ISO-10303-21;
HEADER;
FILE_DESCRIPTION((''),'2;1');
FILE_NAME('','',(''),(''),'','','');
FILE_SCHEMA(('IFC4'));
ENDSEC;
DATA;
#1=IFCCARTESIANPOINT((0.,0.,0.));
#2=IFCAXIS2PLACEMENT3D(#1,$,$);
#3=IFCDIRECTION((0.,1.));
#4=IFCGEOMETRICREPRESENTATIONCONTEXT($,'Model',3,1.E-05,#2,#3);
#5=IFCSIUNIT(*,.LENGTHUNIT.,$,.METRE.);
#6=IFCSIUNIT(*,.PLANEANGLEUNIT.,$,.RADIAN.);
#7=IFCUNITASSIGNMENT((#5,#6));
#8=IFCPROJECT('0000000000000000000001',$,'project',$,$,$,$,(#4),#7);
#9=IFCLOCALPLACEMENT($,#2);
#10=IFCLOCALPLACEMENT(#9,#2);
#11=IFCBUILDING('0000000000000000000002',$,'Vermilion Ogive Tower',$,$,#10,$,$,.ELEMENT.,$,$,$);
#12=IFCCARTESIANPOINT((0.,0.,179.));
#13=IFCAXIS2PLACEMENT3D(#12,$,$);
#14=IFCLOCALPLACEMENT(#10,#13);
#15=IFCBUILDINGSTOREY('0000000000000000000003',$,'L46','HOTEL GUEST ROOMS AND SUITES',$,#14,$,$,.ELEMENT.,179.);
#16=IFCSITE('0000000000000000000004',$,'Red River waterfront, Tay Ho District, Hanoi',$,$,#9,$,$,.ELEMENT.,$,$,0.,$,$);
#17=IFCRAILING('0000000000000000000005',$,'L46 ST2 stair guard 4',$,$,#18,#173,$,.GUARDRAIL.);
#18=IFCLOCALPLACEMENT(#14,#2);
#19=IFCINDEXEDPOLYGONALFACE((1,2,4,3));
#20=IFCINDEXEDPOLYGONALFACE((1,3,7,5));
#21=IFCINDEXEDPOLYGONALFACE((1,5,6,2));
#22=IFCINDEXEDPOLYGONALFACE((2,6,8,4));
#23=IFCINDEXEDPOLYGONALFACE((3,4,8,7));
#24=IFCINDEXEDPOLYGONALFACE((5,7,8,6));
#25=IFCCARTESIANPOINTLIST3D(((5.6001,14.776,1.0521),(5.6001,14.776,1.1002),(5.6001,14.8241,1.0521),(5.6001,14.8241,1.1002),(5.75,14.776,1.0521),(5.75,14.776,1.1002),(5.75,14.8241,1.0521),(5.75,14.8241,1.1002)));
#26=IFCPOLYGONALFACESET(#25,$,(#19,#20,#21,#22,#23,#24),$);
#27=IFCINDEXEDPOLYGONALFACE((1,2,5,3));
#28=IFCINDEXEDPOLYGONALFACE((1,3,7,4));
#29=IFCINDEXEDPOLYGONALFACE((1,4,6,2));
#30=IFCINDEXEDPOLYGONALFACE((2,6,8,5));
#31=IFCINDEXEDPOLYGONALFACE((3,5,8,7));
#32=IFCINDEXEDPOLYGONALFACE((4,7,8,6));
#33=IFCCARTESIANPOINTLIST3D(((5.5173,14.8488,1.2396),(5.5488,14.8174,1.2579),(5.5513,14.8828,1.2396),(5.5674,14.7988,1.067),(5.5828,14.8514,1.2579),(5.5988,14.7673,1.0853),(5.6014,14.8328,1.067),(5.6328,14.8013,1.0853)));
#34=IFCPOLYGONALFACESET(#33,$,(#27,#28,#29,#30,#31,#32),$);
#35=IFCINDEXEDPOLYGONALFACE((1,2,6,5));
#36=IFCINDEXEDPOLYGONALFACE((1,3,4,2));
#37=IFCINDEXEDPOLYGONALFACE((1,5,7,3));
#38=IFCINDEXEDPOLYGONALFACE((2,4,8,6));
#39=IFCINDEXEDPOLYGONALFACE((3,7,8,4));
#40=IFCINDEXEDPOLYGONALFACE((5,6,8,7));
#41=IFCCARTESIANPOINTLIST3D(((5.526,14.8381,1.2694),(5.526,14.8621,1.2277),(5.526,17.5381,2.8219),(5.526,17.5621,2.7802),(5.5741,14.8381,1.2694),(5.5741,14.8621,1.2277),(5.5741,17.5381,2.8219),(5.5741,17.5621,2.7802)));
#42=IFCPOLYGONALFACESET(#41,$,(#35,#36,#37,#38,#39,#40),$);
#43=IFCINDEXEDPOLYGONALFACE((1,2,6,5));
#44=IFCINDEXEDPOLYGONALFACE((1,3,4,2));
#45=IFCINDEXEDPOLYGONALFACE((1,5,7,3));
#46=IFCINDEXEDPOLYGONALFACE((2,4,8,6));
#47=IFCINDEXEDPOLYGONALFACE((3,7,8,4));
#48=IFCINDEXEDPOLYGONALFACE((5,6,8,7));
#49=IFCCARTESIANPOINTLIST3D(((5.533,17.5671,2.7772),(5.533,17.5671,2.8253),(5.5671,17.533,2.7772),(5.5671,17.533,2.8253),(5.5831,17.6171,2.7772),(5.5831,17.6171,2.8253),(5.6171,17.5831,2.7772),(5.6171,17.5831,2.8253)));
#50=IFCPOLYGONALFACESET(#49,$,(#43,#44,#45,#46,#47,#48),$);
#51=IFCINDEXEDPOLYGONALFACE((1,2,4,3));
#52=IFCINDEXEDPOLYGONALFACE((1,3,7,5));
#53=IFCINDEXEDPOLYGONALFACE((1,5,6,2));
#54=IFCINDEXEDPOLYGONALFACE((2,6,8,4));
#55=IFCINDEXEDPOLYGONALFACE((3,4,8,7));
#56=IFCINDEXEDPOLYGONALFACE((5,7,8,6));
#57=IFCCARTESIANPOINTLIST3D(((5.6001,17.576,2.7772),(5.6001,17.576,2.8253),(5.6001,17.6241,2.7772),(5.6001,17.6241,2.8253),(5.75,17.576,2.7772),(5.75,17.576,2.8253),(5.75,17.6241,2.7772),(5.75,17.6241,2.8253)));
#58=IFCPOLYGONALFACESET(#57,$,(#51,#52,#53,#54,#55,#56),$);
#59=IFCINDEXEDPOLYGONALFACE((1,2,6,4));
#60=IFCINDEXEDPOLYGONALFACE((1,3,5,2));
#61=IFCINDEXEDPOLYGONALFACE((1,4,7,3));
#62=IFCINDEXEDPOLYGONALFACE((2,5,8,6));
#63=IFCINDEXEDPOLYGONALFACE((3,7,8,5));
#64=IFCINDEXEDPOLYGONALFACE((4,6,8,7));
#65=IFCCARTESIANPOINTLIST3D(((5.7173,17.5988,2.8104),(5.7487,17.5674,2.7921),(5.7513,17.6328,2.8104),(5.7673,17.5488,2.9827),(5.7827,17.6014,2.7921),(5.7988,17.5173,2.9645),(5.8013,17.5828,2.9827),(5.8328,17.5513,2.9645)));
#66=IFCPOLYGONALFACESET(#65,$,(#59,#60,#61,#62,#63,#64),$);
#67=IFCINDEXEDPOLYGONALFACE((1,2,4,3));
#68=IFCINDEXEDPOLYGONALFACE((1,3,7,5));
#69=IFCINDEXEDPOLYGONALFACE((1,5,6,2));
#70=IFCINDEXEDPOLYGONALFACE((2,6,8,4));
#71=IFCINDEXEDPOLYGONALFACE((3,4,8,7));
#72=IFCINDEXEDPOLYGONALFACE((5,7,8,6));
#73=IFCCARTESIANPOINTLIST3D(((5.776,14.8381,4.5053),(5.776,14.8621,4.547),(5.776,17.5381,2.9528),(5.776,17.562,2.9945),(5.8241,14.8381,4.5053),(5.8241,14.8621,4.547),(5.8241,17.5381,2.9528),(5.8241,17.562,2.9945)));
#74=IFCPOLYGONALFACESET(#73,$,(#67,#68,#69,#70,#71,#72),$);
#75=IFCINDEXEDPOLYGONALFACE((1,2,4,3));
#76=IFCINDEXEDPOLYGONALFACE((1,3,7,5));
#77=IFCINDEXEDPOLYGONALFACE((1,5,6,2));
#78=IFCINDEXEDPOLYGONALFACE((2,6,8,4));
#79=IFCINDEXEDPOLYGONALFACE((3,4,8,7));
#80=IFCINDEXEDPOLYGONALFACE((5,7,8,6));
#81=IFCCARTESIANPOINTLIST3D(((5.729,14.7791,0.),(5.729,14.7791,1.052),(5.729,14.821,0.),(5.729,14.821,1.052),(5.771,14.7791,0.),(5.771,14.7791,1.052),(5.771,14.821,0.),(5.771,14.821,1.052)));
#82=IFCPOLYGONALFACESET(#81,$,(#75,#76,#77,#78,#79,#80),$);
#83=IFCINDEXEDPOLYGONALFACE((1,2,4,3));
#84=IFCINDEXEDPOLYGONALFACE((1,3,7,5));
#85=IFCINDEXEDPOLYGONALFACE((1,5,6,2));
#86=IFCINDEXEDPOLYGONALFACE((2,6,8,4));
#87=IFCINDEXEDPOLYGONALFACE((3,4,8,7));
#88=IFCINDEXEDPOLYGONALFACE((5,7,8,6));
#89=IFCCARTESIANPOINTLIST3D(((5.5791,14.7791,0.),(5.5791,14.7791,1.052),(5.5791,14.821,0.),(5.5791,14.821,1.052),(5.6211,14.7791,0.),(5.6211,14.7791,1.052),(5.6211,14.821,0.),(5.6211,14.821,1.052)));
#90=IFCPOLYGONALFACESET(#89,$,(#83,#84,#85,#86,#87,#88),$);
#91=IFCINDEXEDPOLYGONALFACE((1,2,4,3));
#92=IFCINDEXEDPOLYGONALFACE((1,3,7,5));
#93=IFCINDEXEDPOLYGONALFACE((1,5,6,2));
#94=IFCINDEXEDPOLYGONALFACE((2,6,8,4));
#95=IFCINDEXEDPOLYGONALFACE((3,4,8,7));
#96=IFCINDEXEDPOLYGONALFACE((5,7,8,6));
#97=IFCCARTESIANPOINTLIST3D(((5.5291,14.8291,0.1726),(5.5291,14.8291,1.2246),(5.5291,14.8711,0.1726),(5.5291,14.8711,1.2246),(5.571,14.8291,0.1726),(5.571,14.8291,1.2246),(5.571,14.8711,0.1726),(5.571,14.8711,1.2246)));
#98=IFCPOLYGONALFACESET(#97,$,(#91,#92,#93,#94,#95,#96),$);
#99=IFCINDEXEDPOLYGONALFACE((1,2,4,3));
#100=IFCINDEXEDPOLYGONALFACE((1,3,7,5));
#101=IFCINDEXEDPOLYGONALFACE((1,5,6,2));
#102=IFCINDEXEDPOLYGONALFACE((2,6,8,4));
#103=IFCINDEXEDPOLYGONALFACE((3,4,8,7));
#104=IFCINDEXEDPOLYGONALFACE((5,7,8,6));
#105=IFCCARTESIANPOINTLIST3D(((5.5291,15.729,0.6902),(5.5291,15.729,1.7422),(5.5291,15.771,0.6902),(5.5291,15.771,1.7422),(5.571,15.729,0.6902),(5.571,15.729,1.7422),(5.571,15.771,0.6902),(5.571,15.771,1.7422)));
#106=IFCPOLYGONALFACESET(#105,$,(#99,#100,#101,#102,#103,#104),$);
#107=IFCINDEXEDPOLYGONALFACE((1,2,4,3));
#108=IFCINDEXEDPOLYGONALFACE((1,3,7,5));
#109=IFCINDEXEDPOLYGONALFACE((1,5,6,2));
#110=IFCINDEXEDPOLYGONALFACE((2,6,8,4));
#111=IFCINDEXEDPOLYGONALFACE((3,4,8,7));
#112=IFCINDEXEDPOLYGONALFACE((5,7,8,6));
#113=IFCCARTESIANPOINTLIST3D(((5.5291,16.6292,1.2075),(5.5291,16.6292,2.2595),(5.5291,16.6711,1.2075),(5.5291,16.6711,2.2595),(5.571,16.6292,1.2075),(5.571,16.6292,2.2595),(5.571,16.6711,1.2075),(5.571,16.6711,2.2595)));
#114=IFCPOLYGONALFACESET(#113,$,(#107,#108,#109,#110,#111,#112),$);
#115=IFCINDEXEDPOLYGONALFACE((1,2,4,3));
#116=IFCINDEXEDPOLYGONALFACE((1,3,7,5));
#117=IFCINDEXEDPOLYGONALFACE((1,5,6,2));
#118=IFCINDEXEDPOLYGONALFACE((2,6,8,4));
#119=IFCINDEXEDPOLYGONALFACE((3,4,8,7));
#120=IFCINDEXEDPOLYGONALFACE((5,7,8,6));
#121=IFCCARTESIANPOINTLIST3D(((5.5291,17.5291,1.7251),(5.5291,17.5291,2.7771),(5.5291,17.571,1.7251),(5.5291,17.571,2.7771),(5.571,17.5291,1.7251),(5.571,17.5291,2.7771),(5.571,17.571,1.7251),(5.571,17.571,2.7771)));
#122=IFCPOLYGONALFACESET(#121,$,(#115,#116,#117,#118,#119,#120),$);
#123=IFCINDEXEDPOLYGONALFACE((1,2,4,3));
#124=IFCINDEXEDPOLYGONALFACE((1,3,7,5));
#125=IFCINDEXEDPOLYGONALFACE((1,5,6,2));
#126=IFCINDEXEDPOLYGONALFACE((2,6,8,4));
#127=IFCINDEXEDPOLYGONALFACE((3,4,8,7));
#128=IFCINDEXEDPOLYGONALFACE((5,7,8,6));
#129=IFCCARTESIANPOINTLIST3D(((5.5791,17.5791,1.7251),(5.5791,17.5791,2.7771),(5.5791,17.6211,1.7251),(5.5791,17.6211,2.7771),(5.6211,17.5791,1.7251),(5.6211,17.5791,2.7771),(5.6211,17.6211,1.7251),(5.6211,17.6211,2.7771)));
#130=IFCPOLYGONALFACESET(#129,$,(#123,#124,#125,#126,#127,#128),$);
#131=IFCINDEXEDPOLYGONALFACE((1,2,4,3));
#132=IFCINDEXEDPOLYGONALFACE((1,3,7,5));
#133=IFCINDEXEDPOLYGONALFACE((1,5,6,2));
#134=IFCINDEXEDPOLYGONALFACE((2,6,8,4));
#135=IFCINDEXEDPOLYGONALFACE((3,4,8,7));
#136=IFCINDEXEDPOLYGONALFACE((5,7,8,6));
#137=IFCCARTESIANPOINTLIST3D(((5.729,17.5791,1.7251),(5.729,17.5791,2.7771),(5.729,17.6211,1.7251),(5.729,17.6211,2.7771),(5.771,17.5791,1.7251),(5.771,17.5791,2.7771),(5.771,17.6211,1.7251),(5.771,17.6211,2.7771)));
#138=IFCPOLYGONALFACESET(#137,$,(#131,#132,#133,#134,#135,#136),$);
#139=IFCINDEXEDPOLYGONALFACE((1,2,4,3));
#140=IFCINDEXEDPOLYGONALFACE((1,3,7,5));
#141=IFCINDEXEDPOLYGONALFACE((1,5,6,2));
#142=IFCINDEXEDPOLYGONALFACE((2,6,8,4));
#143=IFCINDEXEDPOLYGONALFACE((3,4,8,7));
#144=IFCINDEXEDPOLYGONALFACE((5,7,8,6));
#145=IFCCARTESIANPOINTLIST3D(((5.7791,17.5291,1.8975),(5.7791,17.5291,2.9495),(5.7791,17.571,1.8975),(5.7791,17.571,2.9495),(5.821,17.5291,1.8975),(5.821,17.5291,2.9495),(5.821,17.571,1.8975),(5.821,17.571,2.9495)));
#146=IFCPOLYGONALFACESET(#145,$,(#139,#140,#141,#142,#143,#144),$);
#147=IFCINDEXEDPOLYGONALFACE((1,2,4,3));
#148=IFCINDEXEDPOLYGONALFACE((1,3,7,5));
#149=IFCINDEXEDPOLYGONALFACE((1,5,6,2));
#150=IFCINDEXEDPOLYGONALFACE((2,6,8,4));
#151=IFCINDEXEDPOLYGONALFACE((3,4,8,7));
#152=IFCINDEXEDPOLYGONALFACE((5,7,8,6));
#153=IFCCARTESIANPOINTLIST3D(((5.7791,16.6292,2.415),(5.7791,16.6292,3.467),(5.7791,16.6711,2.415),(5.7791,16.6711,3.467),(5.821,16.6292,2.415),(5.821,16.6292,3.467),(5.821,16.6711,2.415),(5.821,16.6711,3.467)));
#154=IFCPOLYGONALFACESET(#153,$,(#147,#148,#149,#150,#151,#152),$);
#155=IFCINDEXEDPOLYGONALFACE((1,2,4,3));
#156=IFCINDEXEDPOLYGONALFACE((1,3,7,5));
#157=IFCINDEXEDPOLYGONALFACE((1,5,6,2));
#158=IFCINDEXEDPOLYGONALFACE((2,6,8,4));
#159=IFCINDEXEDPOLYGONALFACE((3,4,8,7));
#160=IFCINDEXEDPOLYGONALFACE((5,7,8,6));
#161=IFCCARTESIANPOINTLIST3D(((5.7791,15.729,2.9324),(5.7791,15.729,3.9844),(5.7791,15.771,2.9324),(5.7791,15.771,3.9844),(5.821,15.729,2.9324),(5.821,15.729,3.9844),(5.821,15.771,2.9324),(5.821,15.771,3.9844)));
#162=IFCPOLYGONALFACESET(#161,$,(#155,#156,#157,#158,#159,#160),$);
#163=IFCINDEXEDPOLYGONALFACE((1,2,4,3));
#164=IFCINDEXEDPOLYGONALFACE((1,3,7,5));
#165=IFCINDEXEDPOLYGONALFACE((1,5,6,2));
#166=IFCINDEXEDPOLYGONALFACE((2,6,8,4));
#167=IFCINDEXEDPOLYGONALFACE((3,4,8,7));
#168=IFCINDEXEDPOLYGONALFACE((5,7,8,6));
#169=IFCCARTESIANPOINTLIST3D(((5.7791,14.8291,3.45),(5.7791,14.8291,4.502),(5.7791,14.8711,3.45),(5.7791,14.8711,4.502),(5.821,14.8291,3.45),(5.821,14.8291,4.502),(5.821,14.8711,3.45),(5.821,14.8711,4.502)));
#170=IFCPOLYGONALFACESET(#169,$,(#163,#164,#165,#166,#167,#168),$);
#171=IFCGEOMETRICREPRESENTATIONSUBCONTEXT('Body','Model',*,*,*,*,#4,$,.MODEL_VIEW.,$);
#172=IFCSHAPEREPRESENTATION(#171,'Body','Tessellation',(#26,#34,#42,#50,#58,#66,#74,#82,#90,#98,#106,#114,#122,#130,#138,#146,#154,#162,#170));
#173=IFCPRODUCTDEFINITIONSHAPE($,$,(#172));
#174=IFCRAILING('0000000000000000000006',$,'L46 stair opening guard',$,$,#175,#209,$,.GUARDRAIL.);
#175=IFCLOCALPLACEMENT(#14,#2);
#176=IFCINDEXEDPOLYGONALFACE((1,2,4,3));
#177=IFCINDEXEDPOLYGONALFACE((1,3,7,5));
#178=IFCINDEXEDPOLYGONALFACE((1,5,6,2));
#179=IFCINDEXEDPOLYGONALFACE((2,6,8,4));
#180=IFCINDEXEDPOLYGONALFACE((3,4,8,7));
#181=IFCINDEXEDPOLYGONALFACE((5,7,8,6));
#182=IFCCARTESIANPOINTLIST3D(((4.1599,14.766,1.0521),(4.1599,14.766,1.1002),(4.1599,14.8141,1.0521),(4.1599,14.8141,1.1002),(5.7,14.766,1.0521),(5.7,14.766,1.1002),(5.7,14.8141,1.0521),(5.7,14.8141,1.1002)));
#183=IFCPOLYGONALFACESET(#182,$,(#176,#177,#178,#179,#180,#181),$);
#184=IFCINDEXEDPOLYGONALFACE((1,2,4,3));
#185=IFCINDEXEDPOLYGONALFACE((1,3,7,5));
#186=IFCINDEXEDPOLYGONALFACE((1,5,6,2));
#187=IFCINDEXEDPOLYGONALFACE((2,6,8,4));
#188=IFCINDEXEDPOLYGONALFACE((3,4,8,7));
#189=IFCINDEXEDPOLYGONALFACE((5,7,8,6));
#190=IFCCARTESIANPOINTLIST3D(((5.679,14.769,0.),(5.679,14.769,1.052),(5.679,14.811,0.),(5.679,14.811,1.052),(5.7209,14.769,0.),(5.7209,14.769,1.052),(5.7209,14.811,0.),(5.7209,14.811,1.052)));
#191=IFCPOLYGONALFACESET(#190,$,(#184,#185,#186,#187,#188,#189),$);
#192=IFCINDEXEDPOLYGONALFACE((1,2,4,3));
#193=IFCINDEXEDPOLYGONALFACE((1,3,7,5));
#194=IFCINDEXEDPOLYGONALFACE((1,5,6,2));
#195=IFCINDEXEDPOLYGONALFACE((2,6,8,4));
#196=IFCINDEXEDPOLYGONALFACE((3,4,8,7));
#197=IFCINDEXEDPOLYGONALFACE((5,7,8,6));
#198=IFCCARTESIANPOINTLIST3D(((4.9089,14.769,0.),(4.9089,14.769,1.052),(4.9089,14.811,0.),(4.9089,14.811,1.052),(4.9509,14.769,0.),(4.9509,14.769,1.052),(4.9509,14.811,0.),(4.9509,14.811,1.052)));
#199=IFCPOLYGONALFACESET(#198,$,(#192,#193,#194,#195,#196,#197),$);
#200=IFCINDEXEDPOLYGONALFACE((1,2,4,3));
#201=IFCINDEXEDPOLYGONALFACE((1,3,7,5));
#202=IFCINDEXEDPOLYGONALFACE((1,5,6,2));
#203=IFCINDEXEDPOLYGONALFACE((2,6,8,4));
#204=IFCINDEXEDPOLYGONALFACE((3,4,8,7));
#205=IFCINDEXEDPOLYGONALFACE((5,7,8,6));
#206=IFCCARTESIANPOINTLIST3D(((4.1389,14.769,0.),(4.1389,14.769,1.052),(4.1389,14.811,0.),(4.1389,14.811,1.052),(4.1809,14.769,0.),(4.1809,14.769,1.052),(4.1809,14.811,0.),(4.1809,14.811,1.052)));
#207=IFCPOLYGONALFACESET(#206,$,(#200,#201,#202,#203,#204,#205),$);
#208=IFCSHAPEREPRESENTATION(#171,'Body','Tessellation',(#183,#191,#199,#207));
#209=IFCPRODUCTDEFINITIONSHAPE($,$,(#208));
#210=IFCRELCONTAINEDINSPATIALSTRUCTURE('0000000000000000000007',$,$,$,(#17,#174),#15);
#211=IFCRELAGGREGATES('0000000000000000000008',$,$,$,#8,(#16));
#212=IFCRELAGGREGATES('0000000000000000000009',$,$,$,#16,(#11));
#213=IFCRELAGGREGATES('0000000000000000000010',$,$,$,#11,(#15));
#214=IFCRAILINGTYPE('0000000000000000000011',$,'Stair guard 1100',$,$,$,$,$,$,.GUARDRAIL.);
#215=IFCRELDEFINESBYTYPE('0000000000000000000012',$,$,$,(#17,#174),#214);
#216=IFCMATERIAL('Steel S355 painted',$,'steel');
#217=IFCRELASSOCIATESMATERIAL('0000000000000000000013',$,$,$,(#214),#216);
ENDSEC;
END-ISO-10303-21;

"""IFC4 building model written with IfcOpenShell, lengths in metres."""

from ifc_helpers import new_model, si_unit, direction, frame, origin, origin_2d, place, context, subcontext, project, spatial, rectangle, extrude, material, type_object, element, save


model = new_model("IFC4")

# Units and contexts
model_context = context("Model", 3, precision=1e-05, world=origin(), true_north=direction((0.0, 1.0)))
body_context = subcontext(model_context, "Body", "Model", "MODEL_VIEW")
ifc_project = project(units=[si_unit("LENGTHUNIT", "METRE"), si_unit("PLANEANGLEUNIT", "RADIAN")], contexts=[model_context])

# Site, building, storey
site_placement = place(None, origin())
site = spatial("IfcSite", under=ifc_project, at=site_placement, Name="Red River waterfront, Tay Ho District, Hanoi", CompositionType="ELEMENT", RefElevation=0.0)
building_placement = place(site_placement, origin())
building = spatial("IfcBuilding", under=site, at=building_placement, Name="Vermilion Ogive Tower", CompositionType="ELEMENT")
storey_placement = place(building_placement, frame((0.0, 0.0, 179.0)))
storey = spatial("IfcBuildingStorey", under=building, at=storey_placement, Name="L46", Description="HOTEL GUEST ROOMS AND SUITES", CompositionType="ELEMENT", Elevation=179.0)

# Railings
ifc_material_1 = material(Name="Steel S355 painted", Category="steel")
railing_type_1 = type_object("IfcRailingType", Name="Stair guard 1100", PredefinedType="GUARDRAIL", material=ifc_material_1)
railing_1_placement = place(storey_placement, frame((5.75, 14.8, 0.0)))
element("IfcRailing", 1, at=railing_1_placement, inside=storey, type_object=railing_type_1, Name="L46 ST2 stair guard 4", PredefinedType="GUARDRAIL", context=body_context, shape_type="SweptSolid", body=[
    extrude(rectangle(XDim=0.0481, YDim=0.0481, at=origin_2d()), frame((0.0, 0.0, 1.0762), z_axis=(-1.0, 0.0, 0.0), x_axis=(0.0, -1.0, 0.0)), (0.0, 0.0, 1.0), 0.1499),
    extrude(rectangle(XDim=0.0481, YDim=0.0481, at=origin_2d()), frame((-0.1499, 0.0, 1.0762), z_axis=(-0.268278, 0.268278, 0.925232), x_axis=(-0.707107, -0.707107, 0.0)), (0.0, 0.0, 1.0), 0.1865),
    extrude(rectangle(XDim=0.0481, YDim=0.0481, at=origin_2d()), frame((-0.2, 0.05, 1.2485), z_axis=(0.0, 0.866904, 0.498476), x_axis=(-1.0, 0.0, 0.0)), (0.0, 0.0, 1.0), 3.1145),
    extrude(rectangle(XDim=0.0481, YDim=0.0481, at=origin_2d()), frame((-0.2, 2.75, 2.8013), z_axis=(0.707107, 0.707107, 0.0), x_axis=(-0.707107, 0.707107, 0.0)), (0.0, 0.0, 1.0), 0.0708),
    extrude(rectangle(XDim=0.0481, YDim=0.0481, at=origin_2d()), frame((-0.1499, 2.8, 2.8013), z_axis=(1.0, 0.0, 0.0), x_axis=(0.0, 1.0, 0.0)), (0.0, 0.0, 1.0), 0.1499),
    extrude(rectangle(XDim=0.0481, YDim=0.0481, at=origin_2d()), frame((0.0, 2.8, 2.8013), z_axis=(0.268603, -0.268603, 0.925043), x_axis=(0.707107, 0.707107, 0.0)), (0.0, 0.0, 1.0), 0.1863),
    extrude(rectangle(XDim=0.0481, YDim=0.0481, at=origin_2d()), frame((0.05, 2.75, 2.9736), z_axis=(0.0, -0.866904, 0.498476), x_axis=(1.0, 0.0, 0.0)), (0.0, 0.0, 1.0), 3.1145),
    extrude(rectangle(XDim=0.042, YDim=0.042, at=origin_2d()), origin(), (0.0, 0.0, 1.0), 1.052),
    extrude(rectangle(XDim=0.042, YDim=0.042, at=origin_2d()), frame((-0.1499, 0.0, 0.0)), (0.0, 0.0, 1.0), 1.052),
    extrude(rectangle(XDim=0.042, YDim=0.042, at=origin_2d()), frame((-0.2, 0.05, 0.1726)), (0.0, 0.0, 1.0), 1.052),
    extrude(rectangle(XDim=0.042, YDim=0.042, at=origin_2d()), frame((-0.2, 0.95, 0.6902)), (0.0, 0.0, 1.0), 1.052),
    extrude(rectangle(XDim=0.042, YDim=0.042, at=origin_2d()), frame((-0.2, 1.8501, 1.2075)), (0.0, 0.0, 1.0), 1.052),
    extrude(rectangle(XDim=0.042, YDim=0.042, at=origin_2d()), frame((-0.2, 2.75, 1.7251)), (0.0, 0.0, 1.0), 1.052),
    extrude(rectangle(XDim=0.042, YDim=0.042, at=origin_2d()), frame((-0.1499, 2.8, 1.7251)), (0.0, 0.0, 1.0), 1.052),
    extrude(rectangle(XDim=0.042, YDim=0.042, at=origin_2d()), frame((0.0, 2.8, 1.7251)), (0.0, 0.0, 1.0), 1.052),
    extrude(rectangle(XDim=0.042, YDim=0.042, at=origin_2d()), frame((0.05, 2.75, 1.8975)), (0.0, 0.0, 1.0), 1.052),
    extrude(rectangle(XDim=0.042, YDim=0.042, at=origin_2d()), frame((0.05, 1.8501, 2.415)), (0.0, 0.0, 1.0), 1.052),
    extrude(rectangle(XDim=0.042, YDim=0.042, at=origin_2d()), frame((0.05, 0.95, 2.9324)), (0.0, 0.0, 1.0), 1.052),
    extrude(rectangle(XDim=0.042, YDim=0.042, at=origin_2d()), frame((0.05, 0.05, 3.45)), (0.0, 0.0, 1.0), 1.052),
])
railing_2_placement = place(storey_placement, frame((5.7, 14.79, 0.0)))
element("IfcRailing", 2, at=railing_2_placement, inside=storey, type_object=railing_type_1, Name="L46 stair opening guard", PredefinedType="GUARDRAIL", context=body_context, shape_type="SweptSolid", body=[
    extrude(rectangle(XDim=0.0481, YDim=0.0481, at=origin_2d()), frame((0.0, 0.0, 1.0762), z_axis=(-1.0, 0.0, 0.0), x_axis=(0.0, -1.0, 0.0)), (0.0, 0.0, 1.0), 1.54),
    extrude(rectangle(XDim=0.042, YDim=0.042, at=origin_2d()), origin(), (0.0, 0.0, 1.0), 1.052),
    extrude(rectangle(XDim=0.042, YDim=0.042, at=origin_2d()), frame((-0.77, 0.0, 0.0)), (0.0, 0.0, 1.0), 1.052),
    extrude(rectangle(XDim=0.042, YDim=0.042, at=origin_2d()), frame((-1.54, 0.0, 0.0)), (0.0, 0.0, 1.0), 1.052),
])

save(model, "model.ifc")
